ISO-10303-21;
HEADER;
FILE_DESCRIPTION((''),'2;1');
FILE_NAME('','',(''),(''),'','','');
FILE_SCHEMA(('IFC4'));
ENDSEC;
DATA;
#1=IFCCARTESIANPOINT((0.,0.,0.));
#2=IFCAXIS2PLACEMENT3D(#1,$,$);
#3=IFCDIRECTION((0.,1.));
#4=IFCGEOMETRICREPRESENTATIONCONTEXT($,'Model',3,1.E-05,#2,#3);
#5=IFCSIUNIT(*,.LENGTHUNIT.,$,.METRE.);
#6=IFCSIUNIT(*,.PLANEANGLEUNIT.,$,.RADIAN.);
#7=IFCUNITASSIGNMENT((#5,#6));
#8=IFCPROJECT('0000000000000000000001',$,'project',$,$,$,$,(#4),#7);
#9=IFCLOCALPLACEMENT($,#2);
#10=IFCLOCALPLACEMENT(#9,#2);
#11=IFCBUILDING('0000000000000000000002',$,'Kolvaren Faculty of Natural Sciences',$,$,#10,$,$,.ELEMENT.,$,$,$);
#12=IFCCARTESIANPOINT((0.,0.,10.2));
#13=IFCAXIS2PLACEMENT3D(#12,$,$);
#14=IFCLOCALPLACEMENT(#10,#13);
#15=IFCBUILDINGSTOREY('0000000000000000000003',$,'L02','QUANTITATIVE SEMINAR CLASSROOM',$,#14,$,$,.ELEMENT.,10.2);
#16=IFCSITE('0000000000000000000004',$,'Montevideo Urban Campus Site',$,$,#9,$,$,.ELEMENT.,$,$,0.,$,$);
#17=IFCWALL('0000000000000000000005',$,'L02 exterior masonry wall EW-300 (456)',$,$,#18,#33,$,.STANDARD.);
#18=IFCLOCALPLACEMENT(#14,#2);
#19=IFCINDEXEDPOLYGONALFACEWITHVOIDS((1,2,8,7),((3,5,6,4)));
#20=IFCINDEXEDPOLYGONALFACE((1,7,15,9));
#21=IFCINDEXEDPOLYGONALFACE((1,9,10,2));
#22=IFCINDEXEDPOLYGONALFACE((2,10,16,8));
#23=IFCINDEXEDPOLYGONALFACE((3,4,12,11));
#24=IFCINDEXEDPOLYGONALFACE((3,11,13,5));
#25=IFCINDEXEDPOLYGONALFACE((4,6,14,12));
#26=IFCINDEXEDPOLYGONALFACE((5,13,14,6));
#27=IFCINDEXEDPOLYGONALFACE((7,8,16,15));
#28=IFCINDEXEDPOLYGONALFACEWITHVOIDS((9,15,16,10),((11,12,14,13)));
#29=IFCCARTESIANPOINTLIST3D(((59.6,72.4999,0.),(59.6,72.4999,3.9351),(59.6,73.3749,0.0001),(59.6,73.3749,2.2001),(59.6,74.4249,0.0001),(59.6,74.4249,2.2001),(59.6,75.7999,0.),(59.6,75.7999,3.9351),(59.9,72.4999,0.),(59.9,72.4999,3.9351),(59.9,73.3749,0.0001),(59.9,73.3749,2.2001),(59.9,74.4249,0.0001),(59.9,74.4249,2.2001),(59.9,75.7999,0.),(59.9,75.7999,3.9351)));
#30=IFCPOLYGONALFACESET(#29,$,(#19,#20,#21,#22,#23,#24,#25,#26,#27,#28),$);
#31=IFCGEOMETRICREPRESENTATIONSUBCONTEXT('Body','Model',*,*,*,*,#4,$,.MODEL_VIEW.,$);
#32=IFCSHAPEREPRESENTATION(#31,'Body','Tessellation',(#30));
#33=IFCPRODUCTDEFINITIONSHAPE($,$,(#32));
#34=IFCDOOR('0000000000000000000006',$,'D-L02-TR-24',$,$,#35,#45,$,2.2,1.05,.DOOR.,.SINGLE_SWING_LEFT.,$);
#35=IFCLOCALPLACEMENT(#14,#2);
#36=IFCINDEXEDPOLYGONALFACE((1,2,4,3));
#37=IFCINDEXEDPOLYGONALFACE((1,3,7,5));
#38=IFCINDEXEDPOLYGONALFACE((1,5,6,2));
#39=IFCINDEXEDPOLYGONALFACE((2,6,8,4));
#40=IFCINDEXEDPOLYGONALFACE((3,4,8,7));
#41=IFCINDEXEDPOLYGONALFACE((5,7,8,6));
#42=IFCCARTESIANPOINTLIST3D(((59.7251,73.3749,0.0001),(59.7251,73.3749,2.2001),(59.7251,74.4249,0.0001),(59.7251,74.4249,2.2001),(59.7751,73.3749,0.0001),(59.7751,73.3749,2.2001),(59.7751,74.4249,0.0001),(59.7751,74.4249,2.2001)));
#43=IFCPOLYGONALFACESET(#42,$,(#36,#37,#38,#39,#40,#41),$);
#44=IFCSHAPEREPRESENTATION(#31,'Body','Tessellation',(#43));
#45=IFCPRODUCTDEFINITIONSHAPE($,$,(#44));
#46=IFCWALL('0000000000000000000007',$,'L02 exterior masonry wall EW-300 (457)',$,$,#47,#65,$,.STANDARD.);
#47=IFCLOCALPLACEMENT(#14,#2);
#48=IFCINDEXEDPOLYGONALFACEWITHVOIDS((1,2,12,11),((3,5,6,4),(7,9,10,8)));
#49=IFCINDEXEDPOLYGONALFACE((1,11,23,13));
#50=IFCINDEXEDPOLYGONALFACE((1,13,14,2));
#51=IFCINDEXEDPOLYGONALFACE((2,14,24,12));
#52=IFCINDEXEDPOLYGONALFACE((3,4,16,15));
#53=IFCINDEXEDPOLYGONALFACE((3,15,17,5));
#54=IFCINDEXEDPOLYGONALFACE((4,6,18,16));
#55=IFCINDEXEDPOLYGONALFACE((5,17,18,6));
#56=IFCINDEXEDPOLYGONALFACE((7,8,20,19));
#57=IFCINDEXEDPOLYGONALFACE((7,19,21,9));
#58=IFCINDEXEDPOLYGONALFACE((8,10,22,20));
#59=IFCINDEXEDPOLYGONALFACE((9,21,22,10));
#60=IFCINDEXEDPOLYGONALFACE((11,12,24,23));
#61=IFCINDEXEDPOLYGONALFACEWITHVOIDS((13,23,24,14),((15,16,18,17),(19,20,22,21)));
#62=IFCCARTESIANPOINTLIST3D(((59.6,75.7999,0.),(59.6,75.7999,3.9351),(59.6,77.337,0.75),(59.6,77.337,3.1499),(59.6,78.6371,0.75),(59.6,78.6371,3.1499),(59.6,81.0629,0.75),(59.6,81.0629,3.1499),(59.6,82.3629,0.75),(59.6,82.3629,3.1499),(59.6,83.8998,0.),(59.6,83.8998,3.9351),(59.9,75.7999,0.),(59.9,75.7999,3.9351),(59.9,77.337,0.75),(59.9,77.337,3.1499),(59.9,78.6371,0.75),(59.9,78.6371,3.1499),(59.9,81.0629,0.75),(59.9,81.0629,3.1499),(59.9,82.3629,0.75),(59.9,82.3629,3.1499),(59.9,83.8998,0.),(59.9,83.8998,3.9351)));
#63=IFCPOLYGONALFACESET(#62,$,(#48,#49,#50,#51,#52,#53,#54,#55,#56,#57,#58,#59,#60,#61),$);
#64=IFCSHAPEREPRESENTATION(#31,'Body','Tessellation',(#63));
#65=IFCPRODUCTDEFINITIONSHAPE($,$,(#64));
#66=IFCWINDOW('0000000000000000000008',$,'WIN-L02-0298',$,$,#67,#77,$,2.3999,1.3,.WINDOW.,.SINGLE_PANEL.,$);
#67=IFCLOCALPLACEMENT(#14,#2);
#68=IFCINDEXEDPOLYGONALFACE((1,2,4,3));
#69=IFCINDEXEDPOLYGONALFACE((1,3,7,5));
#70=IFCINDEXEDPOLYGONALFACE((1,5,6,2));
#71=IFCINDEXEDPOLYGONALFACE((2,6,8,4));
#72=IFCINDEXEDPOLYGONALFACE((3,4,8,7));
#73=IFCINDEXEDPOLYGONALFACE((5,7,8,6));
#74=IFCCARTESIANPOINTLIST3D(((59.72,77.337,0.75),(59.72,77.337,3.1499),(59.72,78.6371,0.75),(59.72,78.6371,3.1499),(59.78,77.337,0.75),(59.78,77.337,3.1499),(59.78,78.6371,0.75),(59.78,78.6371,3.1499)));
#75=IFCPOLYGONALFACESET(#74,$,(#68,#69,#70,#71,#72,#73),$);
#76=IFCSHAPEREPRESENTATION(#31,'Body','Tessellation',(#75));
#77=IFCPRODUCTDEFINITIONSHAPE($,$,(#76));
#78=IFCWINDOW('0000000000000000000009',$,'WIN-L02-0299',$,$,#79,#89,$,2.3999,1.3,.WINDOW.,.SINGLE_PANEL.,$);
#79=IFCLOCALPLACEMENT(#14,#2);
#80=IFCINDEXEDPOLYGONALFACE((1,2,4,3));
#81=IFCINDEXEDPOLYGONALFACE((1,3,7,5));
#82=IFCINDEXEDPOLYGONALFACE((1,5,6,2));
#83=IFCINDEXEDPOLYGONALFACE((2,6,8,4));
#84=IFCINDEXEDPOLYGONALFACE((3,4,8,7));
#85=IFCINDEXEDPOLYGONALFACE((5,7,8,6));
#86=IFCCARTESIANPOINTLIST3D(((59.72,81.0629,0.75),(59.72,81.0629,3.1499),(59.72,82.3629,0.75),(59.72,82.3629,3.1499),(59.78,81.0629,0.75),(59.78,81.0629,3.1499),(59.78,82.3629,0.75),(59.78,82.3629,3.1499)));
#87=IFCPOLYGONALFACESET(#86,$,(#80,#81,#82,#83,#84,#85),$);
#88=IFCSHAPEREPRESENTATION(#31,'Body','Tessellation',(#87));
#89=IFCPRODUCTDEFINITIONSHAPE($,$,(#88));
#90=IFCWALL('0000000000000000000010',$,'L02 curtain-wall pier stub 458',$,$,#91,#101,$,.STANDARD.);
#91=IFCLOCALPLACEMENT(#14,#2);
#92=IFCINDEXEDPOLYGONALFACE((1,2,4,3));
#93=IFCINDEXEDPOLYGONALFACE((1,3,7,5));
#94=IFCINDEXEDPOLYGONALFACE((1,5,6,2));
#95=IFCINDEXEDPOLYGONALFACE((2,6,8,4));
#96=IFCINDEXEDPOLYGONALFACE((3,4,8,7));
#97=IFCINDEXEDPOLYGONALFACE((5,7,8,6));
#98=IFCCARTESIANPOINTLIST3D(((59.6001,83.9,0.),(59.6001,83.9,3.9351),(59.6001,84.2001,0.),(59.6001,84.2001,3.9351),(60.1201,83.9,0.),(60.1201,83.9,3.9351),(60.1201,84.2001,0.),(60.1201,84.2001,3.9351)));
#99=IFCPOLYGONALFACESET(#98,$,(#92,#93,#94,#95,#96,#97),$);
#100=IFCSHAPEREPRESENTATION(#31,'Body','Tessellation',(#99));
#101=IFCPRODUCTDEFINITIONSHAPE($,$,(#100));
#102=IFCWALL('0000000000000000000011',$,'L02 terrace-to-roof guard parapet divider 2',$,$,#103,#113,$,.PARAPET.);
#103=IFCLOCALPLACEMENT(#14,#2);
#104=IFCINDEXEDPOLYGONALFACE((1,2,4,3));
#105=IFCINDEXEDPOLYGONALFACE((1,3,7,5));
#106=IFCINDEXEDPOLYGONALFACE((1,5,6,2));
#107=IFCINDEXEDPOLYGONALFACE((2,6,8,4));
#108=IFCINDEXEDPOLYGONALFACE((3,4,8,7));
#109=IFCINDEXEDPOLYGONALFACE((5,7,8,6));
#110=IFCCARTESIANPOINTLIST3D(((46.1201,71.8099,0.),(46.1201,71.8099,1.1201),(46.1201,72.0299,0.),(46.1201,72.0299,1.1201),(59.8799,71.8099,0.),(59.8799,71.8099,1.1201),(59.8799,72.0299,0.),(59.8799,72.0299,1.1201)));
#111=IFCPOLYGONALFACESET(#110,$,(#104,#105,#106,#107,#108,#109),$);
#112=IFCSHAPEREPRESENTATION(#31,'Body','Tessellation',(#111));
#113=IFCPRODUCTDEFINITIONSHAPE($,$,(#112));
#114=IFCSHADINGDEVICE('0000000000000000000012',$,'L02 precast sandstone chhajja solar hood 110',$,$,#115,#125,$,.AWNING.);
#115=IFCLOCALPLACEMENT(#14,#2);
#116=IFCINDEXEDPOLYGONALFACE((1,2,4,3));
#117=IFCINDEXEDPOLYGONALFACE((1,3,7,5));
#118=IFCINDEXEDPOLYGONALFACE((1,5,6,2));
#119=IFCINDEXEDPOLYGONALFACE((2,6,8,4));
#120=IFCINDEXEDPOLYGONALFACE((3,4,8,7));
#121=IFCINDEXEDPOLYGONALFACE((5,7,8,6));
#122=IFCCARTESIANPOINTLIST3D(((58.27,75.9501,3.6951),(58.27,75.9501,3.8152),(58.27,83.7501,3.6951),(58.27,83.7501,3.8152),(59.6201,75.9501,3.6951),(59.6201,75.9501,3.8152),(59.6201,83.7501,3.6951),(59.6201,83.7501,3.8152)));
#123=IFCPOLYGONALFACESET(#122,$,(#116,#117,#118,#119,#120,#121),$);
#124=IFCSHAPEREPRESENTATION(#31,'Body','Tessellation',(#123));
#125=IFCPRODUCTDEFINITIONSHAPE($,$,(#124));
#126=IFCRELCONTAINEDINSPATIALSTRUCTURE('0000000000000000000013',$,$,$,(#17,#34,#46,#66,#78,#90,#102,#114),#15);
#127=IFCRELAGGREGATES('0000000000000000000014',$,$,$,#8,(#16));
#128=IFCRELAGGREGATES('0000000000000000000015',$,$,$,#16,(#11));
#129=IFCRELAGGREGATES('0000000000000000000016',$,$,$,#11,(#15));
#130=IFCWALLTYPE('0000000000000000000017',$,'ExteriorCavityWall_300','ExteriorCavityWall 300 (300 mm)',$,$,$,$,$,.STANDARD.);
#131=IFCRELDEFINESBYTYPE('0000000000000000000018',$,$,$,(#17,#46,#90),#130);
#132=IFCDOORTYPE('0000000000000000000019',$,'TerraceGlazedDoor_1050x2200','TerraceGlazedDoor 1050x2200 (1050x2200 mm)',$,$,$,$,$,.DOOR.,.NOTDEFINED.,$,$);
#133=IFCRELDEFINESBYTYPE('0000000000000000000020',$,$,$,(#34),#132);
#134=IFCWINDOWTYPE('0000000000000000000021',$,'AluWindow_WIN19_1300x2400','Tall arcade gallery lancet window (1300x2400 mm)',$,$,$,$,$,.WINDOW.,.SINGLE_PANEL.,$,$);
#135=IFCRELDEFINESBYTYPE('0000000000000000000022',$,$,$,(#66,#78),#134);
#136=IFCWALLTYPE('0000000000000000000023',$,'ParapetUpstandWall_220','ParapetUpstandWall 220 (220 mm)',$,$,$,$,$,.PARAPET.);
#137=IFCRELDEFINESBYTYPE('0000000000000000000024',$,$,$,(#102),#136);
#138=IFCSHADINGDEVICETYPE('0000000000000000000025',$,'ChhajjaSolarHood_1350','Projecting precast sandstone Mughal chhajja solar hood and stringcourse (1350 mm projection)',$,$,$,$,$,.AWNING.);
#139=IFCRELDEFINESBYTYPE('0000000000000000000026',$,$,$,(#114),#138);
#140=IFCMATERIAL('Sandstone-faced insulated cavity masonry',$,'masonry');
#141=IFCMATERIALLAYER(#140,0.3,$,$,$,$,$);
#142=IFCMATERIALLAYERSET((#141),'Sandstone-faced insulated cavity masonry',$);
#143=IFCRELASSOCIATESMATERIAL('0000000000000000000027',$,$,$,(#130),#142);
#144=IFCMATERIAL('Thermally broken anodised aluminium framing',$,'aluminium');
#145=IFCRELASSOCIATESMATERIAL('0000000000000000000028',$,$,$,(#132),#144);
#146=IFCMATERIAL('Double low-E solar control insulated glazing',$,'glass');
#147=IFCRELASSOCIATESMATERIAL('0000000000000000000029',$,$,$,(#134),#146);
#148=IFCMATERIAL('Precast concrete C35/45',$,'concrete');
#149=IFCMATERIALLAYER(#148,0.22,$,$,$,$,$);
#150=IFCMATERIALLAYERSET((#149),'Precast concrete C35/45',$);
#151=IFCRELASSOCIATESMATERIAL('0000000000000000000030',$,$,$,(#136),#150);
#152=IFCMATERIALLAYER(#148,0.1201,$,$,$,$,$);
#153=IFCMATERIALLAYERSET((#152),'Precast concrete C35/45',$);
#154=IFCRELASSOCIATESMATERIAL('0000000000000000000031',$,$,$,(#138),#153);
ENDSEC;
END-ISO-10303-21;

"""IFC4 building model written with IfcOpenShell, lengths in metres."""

from ifc_helpers import new_model, si_unit, direction, frame, frame_2d, origin, origin_2d, place, context, subcontext, project, spatial, rectangle, extrude, material, layer, layer_set, type_object, element, fill, save


model = new_model("IFC4")

# Units and contexts
model_context = context("Model", 3, precision=1e-05, world=origin(), true_north=direction((0.0, 1.0)))
body_context = subcontext(model_context, "Body", "Model", "MODEL_VIEW")
ifc_project = project(units=[si_unit("LENGTHUNIT", "METRE"), si_unit("PLANEANGLEUNIT", "RADIAN")], contexts=[model_context])

# Site, building, storey
site_placement = place(None, origin())
site = spatial("IfcSite", under=ifc_project, at=site_placement, Name="Montevideo Urban Campus Site", CompositionType="ELEMENT", RefElevation=0.0)
building_placement = place(site_placement, origin())
building = spatial("IfcBuilding", under=site, at=building_placement, Name="Kolvaren Faculty of Natural Sciences", CompositionType="ELEMENT")
storey_placement = place(building_placement, frame((0.0, 0.0, 10.2)))
storey = spatial("IfcBuildingStorey", under=building, at=storey_placement, Name="L02", Description="QUANTITATIVE SEMINAR CLASSROOM", CompositionType="ELEMENT", Elevation=10.2)

# Shared definitions
ifc_material_1 = material(Name="Thermally broken anodised aluminium framing", Category="aluminium")

# Shared definitions
ifc_material_2 = material(Name="Sandstone-faced insulated cavity masonry", Category="masonry")
ifc_layer_1 = layer(ifc_material_2, 0.3)
ifc_layer_set_1 = layer_set([ifc_layer_1], Name="Sandstone-faced insulated cavity masonry")
wall_type_1 = type_object("IfcWallType", Name="ExteriorCavityWall_300", Description="ExteriorCavityWall 300 (300 mm)", PredefinedType="STANDARD", material=ifc_layer_set_1)

# Wall, opening, door
wall_1_placement = place(storey_placement, frame((59.75, 72.5, 0.0), z_axis=(0.0, 0.0, 1.0), x_axis=(0.0, 1.0, 0.0)))
wall_1 = element("IfcWall", 1, at=wall_1_placement, inside=storey, type_object=wall_type_1, Name="L02 exterior masonry wall EW-300 (456)", PredefinedType="STANDARD", context=body_context, shape_type="SweptSolid", body=[
    extrude(rectangle(XDim=3.3, YDim=0.3, at=frame_2d((1.6499, 0.0))), origin(), (0.0, 0.0, 1.0), 3.9351),
])
opening_1_placement = place(wall_1_placement, frame((0.875, 0.0, 0.0)))
opening_1 = element("IfcOpeningElement", 2, at=opening_1_placement, cuts=wall_1, PredefinedType="OPENING", context=body_context, shape_type="SweptSolid", body=[
    extrude(rectangle(XDim=1.05, YDim=2.2, at=frame_2d((0.5249, 1.1001))), frame((0.0, 0.1599, 0.0), z_axis=(0.0, -1.0, 0.0), x_axis=(1.0, 0.0, 0.0)), (0.0, 0.0, 1.0), 0.3201),
])
door_type = type_object("IfcDoorType", Name="TerraceGlazedDoor_1050x2200", Description="TerraceGlazedDoor 1050x2200 (1050x2200 mm)", OperationType="NOTDEFINED", PredefinedType="DOOR", material=ifc_material_1)
door_placement = place(opening_1_placement, origin())
door = element("IfcDoor", 3, at=door_placement, inside=storey, type_object=door_type, Name="D-L02-TR-24", OperationType="SINGLE_SWING_LEFT", OverallHeight=2.2, OverallWidth=1.05, PredefinedType="DOOR", context=body_context, shape_type="SweptSolid", body=[
    extrude(rectangle(XDim=1.05, YDim=2.2, at=frame_2d((0.5249, 1.1001))), frame((0.0, 0.0249, 0.0), z_axis=(0.0, -1.0, 0.0), x_axis=(1.0, 0.0, 0.0)), (0.0, 0.0, 1.0), 0.05),
])
fill(opening_1, door)

# Wall, openings, windows
wall_2_placement = place(storey_placement, frame((59.75, 75.8, 0.0), z_axis=(0.0, 0.0, 1.0), x_axis=(0.0, 1.0, 0.0)))
wall_2 = element("IfcWall", 4, at=wall_2_placement, inside=storey, type_object=wall_type_1, Name="L02 exterior masonry wall EW-300 (457)", PredefinedType="STANDARD", context=body_context, shape_type="SweptSolid", body=[
    extrude(rectangle(XDim=8.0999, YDim=0.3, at=frame_2d((4.0498, 0.0))), origin(), (0.0, 0.0, 1.0), 3.9351),
])
opening_2_placement = place(wall_2_placement, frame((1.5371, 0.0, 0.75)))
opening_2 = element("IfcOpeningElement", 5, at=opening_2_placement, cuts=wall_2, PredefinedType="OPENING", context=body_context, shape_type="SweptSolid", body=[
    extrude(rectangle(XDim=1.3, YDim=2.3999, at=frame_2d((0.6499, 1.2))), frame((0.0, 0.1599, 0.0), z_axis=(0.0, -1.0, 0.0), x_axis=(1.0, 0.0, 0.0)), (0.0, 0.0, 1.0), 0.3201),
])
opening_3_placement = place(wall_2_placement, frame((5.2629, 0.0, 0.75)))
opening_3 = element("IfcOpeningElement", 6, at=opening_3_placement, cuts=wall_2, PredefinedType="OPENING", context=body_context, shape_type="SweptSolid", body=[
    extrude(rectangle(XDim=1.3, YDim=2.3999, at=frame_2d((0.6499, 1.2))), frame((0.0, 0.1599, 0.0), z_axis=(0.0, -1.0, 0.0), x_axis=(1.0, 0.0, 0.0)), (0.0, 0.0, 1.0), 0.3201),
])
ifc_material_3 = material(Name="Double low-E solar control insulated glazing", Category="glass")
window_type = type_object("IfcWindowType", Name="AluWindow_WIN19_1300x2400", Description="Tall arcade gallery lancet window (1300x2400 mm)", PartitioningType="SINGLE_PANEL", PredefinedType="WINDOW", material=ifc_material_3)
window_1_placement = place(opening_2_placement, origin())
window_1 = element("IfcWindow", 7, at=window_1_placement, inside=storey, type_object=window_type, Name="WIN-L02-0298", OverallHeight=2.3999, OverallWidth=1.3, PartitioningType="SINGLE_PANEL", PredefinedType="WINDOW", context=body_context, shape_type="SweptSolid", body=[
    extrude(rectangle(XDim=1.3, YDim=2.3999, at=frame_2d((0.6499, 1.2))), frame((0.0, 0.03, 0.0), z_axis=(0.0, -1.0, 0.0), x_axis=(1.0, 0.0, 0.0)), (0.0, 0.0, 1.0), 0.0601),
])
fill(opening_2, window_1)
window_2_placement = place(opening_3_placement, origin())
window_2 = element("IfcWindow", 8, at=window_2_placement, inside=storey, type_object=window_type, Name="WIN-L02-0299", OverallHeight=2.3999, OverallWidth=1.3, PartitioningType="SINGLE_PANEL", PredefinedType="WINDOW", context=body_context, shape_type="SweptSolid", body=[
    extrude(rectangle(XDim=1.3, YDim=2.3999, at=frame_2d((0.6499, 1.2))), frame((0.0, 0.03, 0.0), z_axis=(0.0, -1.0, 0.0), x_axis=(1.0, 0.0, 0.0)), (0.0, 0.0, 1.0), 0.0601),
])
fill(opening_3, window_2)

# Walls
wall_3_placement = place(storey_placement, frame((59.6001, 84.05, 0.0), z_axis=(0.0, 0.0, 1.0), x_axis=(1.0, 0.0, 0.0)))
element("IfcWall", 9, at=wall_3_placement, inside=storey, type_object=wall_type_1, Name="L02 curtain-wall pier stub 458", PredefinedType="STANDARD", context=body_context, shape_type="SweptSolid", body=[
    extrude(rectangle(XDim=0.52, YDim=0.3, at=frame_2d((0.26, 0.0))), origin(), (0.0, 0.0, 1.0), 3.9351),
])
ifc_material_4 = material(Name="Precast concrete C35/45", Category="concrete")
ifc_layer_2 = layer(ifc_material_4, 0.22)
ifc_layer_set_2 = layer_set([ifc_layer_2], Name="Precast concrete C35/45")
wall_type_2 = type_object("IfcWallType", Name="ParapetUpstandWall_220", Description="ParapetUpstandWall 220 (220 mm)", PredefinedType="PARAPET", material=ifc_layer_set_2)
wall_4_placement = place(storey_placement, frame((59.8799, 71.9199, 0.0), z_axis=(0.0, 0.0, 1.0), x_axis=(-1.0, 0.0, 0.0)))
element("IfcWall", 10, at=wall_4_placement, inside=storey, type_object=wall_type_2, Name="L02 terrace-to-roof guard parapet divider 2", PredefinedType="PARAPET", context=body_context, shape_type="SweptSolid", body=[
    extrude(rectangle(XDim=13.7598, YDim=0.22, at=frame_2d((6.8799, 0.0))), origin(), (0.0, 0.0, 1.0), 1.1201),
])

# Shading device
ifc_layer_3 = layer(ifc_material_4, 0.1201)
ifc_layer_set_3 = layer_set([ifc_layer_3], Name="Precast concrete C35/45")
shading_device_type = type_object("IfcShadingDeviceType", Name="ChhajjaSolarHood_1350", Description="Projecting precast sandstone Mughal chhajja solar hood and stringcourse (1350 mm projection)", PredefinedType="AWNING", material=ifc_layer_set_3)
shading_device_placement = place(storey_placement, frame((58.9451, 79.8501, 3.6951), z_axis=(0.0, 0.0, 1.0), x_axis=(0.0, 1.0, 0.0)))
element("IfcShadingDevice", 11, at=shading_device_placement, inside=storey, type_object=shading_device_type, Name="L02 precast sandstone chhajja solar hood 110", PredefinedType="AWNING", context=body_context, shape_type="SweptSolid", body=[
    extrude(rectangle(XDim=7.8, YDim=1.3501, at=origin_2d()), origin(), (0.0, 0.0, 1.0), 0.1201),
])

save(model, "model.ifc")
